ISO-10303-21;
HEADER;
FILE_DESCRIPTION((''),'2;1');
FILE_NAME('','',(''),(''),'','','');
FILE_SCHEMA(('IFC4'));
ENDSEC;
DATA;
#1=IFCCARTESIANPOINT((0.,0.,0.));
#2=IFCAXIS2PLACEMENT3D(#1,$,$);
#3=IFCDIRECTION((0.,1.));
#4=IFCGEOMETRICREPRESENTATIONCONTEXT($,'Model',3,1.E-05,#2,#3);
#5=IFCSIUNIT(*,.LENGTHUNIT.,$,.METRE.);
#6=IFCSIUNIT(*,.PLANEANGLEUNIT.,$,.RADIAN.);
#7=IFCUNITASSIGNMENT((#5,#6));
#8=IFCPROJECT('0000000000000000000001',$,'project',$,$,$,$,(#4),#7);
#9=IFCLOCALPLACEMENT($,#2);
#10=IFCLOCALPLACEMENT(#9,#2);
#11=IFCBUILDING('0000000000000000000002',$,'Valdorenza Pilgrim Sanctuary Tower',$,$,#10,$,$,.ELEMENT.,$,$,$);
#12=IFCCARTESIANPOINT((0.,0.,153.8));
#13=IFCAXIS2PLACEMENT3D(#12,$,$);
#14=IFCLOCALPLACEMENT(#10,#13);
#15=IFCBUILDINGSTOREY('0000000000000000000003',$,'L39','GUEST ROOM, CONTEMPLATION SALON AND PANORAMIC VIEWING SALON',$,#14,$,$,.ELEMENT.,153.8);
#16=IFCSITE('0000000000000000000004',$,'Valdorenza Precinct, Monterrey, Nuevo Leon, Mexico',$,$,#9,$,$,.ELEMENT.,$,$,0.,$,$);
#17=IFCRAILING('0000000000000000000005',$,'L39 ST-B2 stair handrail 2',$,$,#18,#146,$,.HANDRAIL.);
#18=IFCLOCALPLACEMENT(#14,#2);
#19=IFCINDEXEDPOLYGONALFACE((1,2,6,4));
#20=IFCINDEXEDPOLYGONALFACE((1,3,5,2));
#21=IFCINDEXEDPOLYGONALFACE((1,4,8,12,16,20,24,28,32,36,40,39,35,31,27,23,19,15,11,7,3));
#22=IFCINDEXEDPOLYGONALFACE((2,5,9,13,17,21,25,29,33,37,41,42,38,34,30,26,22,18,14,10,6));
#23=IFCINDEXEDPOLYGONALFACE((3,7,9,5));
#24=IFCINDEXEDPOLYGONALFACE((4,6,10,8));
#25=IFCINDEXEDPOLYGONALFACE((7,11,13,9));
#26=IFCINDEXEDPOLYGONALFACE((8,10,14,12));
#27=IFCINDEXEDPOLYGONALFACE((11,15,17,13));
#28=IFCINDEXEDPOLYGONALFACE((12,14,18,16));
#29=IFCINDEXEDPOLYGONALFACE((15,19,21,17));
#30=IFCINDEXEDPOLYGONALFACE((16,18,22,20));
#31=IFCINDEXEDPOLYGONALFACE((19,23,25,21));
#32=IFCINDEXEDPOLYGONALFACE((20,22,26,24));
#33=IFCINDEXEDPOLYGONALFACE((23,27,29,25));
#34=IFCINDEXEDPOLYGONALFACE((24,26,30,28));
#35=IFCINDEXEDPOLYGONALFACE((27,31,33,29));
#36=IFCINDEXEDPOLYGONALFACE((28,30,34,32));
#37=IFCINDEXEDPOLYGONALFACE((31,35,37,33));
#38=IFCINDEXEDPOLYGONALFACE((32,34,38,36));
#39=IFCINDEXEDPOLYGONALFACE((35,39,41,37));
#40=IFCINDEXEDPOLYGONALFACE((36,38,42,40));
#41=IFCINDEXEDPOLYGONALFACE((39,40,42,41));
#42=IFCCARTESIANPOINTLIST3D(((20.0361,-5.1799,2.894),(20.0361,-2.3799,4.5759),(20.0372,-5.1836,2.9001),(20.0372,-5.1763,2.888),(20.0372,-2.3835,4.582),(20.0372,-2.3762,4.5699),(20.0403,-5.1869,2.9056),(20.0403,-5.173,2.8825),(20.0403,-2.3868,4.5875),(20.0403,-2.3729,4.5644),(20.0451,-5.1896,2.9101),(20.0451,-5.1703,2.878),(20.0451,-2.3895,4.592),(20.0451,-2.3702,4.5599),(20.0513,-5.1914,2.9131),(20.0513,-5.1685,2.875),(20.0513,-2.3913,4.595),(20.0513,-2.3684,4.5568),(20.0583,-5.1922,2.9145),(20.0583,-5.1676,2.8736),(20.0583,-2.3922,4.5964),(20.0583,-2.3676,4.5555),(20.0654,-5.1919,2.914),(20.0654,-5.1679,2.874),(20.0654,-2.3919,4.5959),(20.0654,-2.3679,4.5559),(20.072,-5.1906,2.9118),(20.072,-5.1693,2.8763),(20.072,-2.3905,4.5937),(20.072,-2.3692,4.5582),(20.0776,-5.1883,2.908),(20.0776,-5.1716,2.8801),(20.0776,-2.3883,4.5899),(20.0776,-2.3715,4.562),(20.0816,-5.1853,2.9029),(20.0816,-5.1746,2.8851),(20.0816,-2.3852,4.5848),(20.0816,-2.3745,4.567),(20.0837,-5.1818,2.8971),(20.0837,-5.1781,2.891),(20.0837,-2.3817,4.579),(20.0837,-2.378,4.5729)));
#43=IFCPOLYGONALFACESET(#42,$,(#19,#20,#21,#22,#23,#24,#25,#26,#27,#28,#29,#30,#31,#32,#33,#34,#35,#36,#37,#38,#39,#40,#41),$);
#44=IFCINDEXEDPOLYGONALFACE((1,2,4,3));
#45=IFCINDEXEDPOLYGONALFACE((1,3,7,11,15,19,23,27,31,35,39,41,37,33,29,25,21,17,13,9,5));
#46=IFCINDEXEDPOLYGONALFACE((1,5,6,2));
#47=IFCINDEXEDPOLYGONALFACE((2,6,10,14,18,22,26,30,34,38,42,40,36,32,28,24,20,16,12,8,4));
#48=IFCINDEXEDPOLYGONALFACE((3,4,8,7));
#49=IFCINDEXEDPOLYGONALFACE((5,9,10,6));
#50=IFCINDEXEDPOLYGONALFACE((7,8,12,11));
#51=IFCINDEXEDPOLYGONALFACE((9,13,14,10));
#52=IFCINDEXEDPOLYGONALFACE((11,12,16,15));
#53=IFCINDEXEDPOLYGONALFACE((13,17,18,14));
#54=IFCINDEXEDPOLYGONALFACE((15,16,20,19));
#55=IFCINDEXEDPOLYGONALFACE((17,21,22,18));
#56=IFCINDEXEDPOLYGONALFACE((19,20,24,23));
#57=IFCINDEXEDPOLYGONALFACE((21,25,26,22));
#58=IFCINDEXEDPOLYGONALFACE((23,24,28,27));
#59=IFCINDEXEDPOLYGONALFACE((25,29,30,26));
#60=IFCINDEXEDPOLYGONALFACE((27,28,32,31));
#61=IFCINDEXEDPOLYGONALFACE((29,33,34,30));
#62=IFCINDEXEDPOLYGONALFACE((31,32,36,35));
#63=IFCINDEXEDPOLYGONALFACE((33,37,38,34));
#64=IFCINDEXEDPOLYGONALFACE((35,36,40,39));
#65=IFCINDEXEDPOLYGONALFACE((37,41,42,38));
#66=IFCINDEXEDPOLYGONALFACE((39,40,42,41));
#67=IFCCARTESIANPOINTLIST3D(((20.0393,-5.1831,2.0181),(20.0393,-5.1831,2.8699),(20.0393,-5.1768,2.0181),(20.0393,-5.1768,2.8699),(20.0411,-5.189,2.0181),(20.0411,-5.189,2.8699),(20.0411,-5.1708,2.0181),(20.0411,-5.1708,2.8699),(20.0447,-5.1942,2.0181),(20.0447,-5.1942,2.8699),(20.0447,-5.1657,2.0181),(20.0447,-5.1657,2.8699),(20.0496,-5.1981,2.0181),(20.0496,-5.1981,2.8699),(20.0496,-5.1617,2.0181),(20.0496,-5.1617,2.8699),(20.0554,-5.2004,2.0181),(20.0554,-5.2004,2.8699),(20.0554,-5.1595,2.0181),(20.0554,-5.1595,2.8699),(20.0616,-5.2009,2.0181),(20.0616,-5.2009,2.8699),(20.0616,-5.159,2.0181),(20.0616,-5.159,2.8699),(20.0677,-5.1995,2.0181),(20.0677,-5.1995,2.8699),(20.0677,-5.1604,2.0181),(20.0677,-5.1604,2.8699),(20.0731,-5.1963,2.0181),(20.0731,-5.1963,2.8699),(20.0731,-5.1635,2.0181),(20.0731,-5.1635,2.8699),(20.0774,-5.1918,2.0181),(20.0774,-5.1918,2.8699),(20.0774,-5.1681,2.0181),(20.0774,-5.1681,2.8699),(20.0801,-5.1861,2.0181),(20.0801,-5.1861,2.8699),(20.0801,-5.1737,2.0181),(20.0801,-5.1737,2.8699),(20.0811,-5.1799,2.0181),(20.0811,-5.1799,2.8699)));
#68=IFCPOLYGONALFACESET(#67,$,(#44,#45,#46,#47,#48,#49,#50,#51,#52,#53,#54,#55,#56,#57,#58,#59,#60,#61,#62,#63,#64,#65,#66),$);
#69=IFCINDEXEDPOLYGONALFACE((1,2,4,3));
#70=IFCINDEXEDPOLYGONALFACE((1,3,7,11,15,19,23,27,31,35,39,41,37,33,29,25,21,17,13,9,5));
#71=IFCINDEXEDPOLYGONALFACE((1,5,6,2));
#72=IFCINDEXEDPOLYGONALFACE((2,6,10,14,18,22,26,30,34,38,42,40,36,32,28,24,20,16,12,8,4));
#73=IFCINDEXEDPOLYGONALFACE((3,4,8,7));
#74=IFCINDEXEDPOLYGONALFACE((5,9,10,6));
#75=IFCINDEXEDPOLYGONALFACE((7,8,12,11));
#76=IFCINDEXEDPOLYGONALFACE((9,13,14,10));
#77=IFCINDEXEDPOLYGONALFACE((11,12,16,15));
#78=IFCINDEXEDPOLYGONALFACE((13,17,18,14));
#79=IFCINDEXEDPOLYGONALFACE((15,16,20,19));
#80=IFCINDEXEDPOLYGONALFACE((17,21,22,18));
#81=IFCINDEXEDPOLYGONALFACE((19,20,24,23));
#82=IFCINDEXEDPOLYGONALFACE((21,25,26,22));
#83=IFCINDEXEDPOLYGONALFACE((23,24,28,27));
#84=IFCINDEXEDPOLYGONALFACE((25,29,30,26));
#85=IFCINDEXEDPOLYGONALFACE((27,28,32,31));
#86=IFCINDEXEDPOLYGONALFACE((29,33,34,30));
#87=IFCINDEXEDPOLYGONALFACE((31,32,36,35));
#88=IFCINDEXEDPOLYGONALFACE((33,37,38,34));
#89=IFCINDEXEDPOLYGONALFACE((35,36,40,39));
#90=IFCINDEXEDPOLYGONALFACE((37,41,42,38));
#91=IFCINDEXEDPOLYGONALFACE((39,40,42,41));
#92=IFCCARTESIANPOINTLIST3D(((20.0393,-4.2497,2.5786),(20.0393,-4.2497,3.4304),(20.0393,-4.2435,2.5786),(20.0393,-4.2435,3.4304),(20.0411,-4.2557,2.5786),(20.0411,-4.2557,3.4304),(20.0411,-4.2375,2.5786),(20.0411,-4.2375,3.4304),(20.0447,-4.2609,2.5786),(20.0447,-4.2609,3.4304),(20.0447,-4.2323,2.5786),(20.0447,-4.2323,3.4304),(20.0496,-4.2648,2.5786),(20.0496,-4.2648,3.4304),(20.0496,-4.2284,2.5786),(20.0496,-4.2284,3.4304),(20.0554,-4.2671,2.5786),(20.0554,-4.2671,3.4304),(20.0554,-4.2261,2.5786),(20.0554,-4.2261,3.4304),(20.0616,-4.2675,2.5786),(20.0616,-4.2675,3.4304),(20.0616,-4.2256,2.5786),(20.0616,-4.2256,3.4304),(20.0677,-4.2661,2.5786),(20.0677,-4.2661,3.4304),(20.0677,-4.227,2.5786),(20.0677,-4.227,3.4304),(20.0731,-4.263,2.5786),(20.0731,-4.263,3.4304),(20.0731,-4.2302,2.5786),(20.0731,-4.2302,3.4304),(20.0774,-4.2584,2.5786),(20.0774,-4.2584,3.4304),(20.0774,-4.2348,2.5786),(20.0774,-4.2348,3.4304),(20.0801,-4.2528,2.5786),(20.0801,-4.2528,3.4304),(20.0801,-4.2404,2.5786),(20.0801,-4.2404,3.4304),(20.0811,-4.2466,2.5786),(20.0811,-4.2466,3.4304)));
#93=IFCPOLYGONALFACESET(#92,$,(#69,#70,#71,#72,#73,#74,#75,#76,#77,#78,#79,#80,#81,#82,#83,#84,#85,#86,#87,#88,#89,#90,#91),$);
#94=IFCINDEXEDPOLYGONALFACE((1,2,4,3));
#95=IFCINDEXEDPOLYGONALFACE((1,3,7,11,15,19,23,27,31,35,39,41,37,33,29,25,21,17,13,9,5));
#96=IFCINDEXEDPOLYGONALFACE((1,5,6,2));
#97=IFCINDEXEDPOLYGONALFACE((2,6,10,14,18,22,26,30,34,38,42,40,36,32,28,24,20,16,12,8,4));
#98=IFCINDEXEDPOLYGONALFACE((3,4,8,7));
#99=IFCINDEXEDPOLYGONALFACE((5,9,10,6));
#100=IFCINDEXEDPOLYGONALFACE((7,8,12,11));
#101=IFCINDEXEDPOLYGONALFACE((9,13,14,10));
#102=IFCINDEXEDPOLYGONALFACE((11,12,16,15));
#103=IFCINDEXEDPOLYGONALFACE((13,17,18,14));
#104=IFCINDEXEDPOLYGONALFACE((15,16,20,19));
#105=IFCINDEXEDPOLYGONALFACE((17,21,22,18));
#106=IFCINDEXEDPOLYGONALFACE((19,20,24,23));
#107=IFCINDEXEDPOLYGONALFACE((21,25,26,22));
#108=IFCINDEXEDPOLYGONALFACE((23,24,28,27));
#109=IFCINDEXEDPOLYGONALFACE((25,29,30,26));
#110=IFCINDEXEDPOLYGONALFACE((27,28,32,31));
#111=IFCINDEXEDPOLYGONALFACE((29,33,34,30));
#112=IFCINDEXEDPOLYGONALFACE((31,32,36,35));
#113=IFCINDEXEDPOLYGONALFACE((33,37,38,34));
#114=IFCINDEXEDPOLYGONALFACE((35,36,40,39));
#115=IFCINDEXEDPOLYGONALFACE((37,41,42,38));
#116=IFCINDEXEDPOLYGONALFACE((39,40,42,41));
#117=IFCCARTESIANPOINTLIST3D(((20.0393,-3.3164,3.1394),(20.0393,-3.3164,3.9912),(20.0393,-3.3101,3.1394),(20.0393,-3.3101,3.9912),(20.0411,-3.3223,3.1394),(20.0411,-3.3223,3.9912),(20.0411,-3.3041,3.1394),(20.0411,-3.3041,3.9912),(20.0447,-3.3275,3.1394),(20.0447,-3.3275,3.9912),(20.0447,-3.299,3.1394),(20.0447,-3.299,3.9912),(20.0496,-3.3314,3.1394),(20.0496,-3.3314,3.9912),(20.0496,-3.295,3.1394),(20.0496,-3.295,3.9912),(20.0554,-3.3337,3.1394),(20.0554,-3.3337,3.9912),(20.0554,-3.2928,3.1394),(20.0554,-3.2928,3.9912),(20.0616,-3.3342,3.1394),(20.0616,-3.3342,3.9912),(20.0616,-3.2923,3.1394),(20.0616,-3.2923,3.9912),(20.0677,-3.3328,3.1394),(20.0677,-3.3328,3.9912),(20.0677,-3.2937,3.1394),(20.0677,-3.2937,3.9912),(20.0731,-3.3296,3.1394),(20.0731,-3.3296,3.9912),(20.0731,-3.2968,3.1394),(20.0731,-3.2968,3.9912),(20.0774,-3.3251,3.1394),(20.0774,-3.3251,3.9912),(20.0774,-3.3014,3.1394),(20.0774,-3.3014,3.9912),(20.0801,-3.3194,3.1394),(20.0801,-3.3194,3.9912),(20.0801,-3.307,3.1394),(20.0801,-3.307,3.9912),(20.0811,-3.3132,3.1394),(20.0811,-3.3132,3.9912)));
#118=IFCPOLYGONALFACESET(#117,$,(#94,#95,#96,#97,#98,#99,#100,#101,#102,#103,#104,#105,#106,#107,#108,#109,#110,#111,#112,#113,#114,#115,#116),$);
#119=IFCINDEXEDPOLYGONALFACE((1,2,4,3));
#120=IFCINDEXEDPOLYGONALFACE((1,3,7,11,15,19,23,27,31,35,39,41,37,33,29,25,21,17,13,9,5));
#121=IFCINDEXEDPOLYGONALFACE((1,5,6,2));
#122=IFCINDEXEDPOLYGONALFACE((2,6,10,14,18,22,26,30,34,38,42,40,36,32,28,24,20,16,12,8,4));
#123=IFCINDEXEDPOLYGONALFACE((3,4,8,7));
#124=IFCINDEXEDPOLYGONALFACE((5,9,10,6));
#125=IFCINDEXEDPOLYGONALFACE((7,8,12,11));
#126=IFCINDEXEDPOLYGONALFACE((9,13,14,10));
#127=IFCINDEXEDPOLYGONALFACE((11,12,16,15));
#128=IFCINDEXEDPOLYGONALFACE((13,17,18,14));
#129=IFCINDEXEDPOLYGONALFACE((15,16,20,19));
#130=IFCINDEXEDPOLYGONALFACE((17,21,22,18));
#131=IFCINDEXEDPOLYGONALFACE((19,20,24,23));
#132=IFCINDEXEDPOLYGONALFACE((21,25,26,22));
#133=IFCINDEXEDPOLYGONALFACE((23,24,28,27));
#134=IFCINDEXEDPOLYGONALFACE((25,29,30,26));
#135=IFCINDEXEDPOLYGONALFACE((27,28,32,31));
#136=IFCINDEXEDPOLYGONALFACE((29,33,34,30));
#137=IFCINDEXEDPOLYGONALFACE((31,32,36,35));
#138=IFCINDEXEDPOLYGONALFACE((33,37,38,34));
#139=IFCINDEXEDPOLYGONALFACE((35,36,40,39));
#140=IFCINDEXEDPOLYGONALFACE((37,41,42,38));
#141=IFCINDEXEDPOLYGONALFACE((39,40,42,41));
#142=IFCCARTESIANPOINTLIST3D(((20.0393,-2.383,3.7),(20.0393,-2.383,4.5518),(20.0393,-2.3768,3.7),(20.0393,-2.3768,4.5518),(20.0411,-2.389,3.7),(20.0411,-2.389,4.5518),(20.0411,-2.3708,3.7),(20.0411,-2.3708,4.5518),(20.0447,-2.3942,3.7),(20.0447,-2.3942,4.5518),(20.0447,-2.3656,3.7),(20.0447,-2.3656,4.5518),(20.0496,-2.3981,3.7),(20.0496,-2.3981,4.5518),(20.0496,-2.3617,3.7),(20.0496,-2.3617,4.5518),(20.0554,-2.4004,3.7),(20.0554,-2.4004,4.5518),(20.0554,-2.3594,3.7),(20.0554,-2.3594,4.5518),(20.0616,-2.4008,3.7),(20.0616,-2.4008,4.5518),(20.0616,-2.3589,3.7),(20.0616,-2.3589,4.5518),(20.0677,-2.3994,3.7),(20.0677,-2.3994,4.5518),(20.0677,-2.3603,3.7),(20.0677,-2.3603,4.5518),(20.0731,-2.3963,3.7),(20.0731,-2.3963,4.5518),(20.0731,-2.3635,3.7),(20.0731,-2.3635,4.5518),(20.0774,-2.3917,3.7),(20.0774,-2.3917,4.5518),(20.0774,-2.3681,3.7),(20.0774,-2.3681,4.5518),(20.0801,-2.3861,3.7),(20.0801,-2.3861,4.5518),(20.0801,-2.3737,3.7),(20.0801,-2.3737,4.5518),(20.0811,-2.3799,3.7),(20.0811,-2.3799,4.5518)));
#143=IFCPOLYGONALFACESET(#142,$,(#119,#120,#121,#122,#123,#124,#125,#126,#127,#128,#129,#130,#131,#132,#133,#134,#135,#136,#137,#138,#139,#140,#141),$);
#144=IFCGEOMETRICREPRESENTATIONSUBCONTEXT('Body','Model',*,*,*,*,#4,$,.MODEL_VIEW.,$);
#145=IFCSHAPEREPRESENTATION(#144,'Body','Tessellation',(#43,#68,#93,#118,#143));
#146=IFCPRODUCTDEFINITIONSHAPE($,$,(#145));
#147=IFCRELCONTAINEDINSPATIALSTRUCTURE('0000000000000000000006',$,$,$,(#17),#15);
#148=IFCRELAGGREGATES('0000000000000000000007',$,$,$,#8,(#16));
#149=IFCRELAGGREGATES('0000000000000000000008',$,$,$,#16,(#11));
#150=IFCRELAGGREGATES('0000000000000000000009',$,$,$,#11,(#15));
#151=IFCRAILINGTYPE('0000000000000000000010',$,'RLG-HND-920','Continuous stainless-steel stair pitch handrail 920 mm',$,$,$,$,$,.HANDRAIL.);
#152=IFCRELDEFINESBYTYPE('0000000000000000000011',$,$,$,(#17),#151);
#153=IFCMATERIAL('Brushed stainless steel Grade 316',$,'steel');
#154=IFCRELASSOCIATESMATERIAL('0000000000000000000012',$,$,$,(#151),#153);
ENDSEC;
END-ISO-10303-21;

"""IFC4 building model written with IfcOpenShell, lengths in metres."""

from ifc_helpers import new_model, si_unit, direction, frame, origin, origin_2d, place, context, subcontext, project, spatial, circle, extrude, material, type_object, element, save


model = new_model("IFC4")

# Units and contexts
model_context = context("Model", 3, precision=1e-05, world=origin(), true_north=direction((0.0, 1.0)))
body_context = subcontext(model_context, "Body", "Model", "MODEL_VIEW")
ifc_project = project(units=[si_unit("LENGTHUNIT", "METRE"), si_unit("PLANEANGLEUNIT", "RADIAN")], contexts=[model_context])

# Site, building, storey
site_placement = place(None, origin())
site = spatial("IfcSite", under=ifc_project, at=site_placement, Name="Valdorenza Precinct, Monterrey, Nuevo Leon, Mexico", CompositionType="ELEMENT", RefElevation=0.0)
building_placement = place(site_placement, origin())
building = spatial("IfcBuilding", under=site, at=building_placement, Name="Valdorenza Pilgrim Sanctuary Tower", CompositionType="ELEMENT")
storey_placement = place(building_placement, frame((0.0, 0.0, 153.8)))
storey = spatial("IfcBuildingStorey", under=building, at=storey_placement, Name="L39", Description="GUEST ROOM, CONTEMPLATION SALON AND PANORAMIC VIEWING SALON", CompositionType="ELEMENT", Elevation=153.8)

# Railing
ifc_material_1 = material(Name="Brushed stainless steel Grade 316", Category="steel")
railing_type_1 = type_object("IfcRailingType", Name="RLG-HND-920", Description="Continuous stainless-steel stair pitch handrail 920 mm", PredefinedType="HANDRAIL", material=ifc_material_1)
railing_1_placement = place(storey_placement, frame((20.0601, -5.1799, 2.0181)))
element("IfcRailing", 1, at=railing_1_placement, inside=storey, type_object=railing_type_1, Name="L39 ST-B2 stair handrail 2", PredefinedType="HANDRAIL", context=body_context, shape_type="SweptSolid", body=[
    extrude(circle(Radius=0.0239, at=origin_2d()), frame((0.0, 0.0, 0.876), z_axis=(0.0, 0.857242, 0.514913), x_axis=(-1.0, 0.0, 0.0)), (0.0, 0.0, 1.0), 3.2664),
    extrude(circle(Radius=0.021, at=origin_2d()), origin(), (0.0, 0.0, 1.0), 0.8518),
    extrude(circle(Radius=0.021, at=origin_2d()), frame((0.0, 0.9333, 0.5605)), (0.0, 0.0, 1.0), 0.8518),
    extrude(circle(Radius=0.021, at=origin_2d()), frame((0.0, 1.8667, 1.1213)), (0.0, 0.0, 1.0), 0.8518),
    extrude(circle(Radius=0.021, at=origin_2d()), frame((0.0, 2.8, 1.6819)), (0.0, 0.0, 1.0), 0.8518),
])

save(model, "model.ifc")
